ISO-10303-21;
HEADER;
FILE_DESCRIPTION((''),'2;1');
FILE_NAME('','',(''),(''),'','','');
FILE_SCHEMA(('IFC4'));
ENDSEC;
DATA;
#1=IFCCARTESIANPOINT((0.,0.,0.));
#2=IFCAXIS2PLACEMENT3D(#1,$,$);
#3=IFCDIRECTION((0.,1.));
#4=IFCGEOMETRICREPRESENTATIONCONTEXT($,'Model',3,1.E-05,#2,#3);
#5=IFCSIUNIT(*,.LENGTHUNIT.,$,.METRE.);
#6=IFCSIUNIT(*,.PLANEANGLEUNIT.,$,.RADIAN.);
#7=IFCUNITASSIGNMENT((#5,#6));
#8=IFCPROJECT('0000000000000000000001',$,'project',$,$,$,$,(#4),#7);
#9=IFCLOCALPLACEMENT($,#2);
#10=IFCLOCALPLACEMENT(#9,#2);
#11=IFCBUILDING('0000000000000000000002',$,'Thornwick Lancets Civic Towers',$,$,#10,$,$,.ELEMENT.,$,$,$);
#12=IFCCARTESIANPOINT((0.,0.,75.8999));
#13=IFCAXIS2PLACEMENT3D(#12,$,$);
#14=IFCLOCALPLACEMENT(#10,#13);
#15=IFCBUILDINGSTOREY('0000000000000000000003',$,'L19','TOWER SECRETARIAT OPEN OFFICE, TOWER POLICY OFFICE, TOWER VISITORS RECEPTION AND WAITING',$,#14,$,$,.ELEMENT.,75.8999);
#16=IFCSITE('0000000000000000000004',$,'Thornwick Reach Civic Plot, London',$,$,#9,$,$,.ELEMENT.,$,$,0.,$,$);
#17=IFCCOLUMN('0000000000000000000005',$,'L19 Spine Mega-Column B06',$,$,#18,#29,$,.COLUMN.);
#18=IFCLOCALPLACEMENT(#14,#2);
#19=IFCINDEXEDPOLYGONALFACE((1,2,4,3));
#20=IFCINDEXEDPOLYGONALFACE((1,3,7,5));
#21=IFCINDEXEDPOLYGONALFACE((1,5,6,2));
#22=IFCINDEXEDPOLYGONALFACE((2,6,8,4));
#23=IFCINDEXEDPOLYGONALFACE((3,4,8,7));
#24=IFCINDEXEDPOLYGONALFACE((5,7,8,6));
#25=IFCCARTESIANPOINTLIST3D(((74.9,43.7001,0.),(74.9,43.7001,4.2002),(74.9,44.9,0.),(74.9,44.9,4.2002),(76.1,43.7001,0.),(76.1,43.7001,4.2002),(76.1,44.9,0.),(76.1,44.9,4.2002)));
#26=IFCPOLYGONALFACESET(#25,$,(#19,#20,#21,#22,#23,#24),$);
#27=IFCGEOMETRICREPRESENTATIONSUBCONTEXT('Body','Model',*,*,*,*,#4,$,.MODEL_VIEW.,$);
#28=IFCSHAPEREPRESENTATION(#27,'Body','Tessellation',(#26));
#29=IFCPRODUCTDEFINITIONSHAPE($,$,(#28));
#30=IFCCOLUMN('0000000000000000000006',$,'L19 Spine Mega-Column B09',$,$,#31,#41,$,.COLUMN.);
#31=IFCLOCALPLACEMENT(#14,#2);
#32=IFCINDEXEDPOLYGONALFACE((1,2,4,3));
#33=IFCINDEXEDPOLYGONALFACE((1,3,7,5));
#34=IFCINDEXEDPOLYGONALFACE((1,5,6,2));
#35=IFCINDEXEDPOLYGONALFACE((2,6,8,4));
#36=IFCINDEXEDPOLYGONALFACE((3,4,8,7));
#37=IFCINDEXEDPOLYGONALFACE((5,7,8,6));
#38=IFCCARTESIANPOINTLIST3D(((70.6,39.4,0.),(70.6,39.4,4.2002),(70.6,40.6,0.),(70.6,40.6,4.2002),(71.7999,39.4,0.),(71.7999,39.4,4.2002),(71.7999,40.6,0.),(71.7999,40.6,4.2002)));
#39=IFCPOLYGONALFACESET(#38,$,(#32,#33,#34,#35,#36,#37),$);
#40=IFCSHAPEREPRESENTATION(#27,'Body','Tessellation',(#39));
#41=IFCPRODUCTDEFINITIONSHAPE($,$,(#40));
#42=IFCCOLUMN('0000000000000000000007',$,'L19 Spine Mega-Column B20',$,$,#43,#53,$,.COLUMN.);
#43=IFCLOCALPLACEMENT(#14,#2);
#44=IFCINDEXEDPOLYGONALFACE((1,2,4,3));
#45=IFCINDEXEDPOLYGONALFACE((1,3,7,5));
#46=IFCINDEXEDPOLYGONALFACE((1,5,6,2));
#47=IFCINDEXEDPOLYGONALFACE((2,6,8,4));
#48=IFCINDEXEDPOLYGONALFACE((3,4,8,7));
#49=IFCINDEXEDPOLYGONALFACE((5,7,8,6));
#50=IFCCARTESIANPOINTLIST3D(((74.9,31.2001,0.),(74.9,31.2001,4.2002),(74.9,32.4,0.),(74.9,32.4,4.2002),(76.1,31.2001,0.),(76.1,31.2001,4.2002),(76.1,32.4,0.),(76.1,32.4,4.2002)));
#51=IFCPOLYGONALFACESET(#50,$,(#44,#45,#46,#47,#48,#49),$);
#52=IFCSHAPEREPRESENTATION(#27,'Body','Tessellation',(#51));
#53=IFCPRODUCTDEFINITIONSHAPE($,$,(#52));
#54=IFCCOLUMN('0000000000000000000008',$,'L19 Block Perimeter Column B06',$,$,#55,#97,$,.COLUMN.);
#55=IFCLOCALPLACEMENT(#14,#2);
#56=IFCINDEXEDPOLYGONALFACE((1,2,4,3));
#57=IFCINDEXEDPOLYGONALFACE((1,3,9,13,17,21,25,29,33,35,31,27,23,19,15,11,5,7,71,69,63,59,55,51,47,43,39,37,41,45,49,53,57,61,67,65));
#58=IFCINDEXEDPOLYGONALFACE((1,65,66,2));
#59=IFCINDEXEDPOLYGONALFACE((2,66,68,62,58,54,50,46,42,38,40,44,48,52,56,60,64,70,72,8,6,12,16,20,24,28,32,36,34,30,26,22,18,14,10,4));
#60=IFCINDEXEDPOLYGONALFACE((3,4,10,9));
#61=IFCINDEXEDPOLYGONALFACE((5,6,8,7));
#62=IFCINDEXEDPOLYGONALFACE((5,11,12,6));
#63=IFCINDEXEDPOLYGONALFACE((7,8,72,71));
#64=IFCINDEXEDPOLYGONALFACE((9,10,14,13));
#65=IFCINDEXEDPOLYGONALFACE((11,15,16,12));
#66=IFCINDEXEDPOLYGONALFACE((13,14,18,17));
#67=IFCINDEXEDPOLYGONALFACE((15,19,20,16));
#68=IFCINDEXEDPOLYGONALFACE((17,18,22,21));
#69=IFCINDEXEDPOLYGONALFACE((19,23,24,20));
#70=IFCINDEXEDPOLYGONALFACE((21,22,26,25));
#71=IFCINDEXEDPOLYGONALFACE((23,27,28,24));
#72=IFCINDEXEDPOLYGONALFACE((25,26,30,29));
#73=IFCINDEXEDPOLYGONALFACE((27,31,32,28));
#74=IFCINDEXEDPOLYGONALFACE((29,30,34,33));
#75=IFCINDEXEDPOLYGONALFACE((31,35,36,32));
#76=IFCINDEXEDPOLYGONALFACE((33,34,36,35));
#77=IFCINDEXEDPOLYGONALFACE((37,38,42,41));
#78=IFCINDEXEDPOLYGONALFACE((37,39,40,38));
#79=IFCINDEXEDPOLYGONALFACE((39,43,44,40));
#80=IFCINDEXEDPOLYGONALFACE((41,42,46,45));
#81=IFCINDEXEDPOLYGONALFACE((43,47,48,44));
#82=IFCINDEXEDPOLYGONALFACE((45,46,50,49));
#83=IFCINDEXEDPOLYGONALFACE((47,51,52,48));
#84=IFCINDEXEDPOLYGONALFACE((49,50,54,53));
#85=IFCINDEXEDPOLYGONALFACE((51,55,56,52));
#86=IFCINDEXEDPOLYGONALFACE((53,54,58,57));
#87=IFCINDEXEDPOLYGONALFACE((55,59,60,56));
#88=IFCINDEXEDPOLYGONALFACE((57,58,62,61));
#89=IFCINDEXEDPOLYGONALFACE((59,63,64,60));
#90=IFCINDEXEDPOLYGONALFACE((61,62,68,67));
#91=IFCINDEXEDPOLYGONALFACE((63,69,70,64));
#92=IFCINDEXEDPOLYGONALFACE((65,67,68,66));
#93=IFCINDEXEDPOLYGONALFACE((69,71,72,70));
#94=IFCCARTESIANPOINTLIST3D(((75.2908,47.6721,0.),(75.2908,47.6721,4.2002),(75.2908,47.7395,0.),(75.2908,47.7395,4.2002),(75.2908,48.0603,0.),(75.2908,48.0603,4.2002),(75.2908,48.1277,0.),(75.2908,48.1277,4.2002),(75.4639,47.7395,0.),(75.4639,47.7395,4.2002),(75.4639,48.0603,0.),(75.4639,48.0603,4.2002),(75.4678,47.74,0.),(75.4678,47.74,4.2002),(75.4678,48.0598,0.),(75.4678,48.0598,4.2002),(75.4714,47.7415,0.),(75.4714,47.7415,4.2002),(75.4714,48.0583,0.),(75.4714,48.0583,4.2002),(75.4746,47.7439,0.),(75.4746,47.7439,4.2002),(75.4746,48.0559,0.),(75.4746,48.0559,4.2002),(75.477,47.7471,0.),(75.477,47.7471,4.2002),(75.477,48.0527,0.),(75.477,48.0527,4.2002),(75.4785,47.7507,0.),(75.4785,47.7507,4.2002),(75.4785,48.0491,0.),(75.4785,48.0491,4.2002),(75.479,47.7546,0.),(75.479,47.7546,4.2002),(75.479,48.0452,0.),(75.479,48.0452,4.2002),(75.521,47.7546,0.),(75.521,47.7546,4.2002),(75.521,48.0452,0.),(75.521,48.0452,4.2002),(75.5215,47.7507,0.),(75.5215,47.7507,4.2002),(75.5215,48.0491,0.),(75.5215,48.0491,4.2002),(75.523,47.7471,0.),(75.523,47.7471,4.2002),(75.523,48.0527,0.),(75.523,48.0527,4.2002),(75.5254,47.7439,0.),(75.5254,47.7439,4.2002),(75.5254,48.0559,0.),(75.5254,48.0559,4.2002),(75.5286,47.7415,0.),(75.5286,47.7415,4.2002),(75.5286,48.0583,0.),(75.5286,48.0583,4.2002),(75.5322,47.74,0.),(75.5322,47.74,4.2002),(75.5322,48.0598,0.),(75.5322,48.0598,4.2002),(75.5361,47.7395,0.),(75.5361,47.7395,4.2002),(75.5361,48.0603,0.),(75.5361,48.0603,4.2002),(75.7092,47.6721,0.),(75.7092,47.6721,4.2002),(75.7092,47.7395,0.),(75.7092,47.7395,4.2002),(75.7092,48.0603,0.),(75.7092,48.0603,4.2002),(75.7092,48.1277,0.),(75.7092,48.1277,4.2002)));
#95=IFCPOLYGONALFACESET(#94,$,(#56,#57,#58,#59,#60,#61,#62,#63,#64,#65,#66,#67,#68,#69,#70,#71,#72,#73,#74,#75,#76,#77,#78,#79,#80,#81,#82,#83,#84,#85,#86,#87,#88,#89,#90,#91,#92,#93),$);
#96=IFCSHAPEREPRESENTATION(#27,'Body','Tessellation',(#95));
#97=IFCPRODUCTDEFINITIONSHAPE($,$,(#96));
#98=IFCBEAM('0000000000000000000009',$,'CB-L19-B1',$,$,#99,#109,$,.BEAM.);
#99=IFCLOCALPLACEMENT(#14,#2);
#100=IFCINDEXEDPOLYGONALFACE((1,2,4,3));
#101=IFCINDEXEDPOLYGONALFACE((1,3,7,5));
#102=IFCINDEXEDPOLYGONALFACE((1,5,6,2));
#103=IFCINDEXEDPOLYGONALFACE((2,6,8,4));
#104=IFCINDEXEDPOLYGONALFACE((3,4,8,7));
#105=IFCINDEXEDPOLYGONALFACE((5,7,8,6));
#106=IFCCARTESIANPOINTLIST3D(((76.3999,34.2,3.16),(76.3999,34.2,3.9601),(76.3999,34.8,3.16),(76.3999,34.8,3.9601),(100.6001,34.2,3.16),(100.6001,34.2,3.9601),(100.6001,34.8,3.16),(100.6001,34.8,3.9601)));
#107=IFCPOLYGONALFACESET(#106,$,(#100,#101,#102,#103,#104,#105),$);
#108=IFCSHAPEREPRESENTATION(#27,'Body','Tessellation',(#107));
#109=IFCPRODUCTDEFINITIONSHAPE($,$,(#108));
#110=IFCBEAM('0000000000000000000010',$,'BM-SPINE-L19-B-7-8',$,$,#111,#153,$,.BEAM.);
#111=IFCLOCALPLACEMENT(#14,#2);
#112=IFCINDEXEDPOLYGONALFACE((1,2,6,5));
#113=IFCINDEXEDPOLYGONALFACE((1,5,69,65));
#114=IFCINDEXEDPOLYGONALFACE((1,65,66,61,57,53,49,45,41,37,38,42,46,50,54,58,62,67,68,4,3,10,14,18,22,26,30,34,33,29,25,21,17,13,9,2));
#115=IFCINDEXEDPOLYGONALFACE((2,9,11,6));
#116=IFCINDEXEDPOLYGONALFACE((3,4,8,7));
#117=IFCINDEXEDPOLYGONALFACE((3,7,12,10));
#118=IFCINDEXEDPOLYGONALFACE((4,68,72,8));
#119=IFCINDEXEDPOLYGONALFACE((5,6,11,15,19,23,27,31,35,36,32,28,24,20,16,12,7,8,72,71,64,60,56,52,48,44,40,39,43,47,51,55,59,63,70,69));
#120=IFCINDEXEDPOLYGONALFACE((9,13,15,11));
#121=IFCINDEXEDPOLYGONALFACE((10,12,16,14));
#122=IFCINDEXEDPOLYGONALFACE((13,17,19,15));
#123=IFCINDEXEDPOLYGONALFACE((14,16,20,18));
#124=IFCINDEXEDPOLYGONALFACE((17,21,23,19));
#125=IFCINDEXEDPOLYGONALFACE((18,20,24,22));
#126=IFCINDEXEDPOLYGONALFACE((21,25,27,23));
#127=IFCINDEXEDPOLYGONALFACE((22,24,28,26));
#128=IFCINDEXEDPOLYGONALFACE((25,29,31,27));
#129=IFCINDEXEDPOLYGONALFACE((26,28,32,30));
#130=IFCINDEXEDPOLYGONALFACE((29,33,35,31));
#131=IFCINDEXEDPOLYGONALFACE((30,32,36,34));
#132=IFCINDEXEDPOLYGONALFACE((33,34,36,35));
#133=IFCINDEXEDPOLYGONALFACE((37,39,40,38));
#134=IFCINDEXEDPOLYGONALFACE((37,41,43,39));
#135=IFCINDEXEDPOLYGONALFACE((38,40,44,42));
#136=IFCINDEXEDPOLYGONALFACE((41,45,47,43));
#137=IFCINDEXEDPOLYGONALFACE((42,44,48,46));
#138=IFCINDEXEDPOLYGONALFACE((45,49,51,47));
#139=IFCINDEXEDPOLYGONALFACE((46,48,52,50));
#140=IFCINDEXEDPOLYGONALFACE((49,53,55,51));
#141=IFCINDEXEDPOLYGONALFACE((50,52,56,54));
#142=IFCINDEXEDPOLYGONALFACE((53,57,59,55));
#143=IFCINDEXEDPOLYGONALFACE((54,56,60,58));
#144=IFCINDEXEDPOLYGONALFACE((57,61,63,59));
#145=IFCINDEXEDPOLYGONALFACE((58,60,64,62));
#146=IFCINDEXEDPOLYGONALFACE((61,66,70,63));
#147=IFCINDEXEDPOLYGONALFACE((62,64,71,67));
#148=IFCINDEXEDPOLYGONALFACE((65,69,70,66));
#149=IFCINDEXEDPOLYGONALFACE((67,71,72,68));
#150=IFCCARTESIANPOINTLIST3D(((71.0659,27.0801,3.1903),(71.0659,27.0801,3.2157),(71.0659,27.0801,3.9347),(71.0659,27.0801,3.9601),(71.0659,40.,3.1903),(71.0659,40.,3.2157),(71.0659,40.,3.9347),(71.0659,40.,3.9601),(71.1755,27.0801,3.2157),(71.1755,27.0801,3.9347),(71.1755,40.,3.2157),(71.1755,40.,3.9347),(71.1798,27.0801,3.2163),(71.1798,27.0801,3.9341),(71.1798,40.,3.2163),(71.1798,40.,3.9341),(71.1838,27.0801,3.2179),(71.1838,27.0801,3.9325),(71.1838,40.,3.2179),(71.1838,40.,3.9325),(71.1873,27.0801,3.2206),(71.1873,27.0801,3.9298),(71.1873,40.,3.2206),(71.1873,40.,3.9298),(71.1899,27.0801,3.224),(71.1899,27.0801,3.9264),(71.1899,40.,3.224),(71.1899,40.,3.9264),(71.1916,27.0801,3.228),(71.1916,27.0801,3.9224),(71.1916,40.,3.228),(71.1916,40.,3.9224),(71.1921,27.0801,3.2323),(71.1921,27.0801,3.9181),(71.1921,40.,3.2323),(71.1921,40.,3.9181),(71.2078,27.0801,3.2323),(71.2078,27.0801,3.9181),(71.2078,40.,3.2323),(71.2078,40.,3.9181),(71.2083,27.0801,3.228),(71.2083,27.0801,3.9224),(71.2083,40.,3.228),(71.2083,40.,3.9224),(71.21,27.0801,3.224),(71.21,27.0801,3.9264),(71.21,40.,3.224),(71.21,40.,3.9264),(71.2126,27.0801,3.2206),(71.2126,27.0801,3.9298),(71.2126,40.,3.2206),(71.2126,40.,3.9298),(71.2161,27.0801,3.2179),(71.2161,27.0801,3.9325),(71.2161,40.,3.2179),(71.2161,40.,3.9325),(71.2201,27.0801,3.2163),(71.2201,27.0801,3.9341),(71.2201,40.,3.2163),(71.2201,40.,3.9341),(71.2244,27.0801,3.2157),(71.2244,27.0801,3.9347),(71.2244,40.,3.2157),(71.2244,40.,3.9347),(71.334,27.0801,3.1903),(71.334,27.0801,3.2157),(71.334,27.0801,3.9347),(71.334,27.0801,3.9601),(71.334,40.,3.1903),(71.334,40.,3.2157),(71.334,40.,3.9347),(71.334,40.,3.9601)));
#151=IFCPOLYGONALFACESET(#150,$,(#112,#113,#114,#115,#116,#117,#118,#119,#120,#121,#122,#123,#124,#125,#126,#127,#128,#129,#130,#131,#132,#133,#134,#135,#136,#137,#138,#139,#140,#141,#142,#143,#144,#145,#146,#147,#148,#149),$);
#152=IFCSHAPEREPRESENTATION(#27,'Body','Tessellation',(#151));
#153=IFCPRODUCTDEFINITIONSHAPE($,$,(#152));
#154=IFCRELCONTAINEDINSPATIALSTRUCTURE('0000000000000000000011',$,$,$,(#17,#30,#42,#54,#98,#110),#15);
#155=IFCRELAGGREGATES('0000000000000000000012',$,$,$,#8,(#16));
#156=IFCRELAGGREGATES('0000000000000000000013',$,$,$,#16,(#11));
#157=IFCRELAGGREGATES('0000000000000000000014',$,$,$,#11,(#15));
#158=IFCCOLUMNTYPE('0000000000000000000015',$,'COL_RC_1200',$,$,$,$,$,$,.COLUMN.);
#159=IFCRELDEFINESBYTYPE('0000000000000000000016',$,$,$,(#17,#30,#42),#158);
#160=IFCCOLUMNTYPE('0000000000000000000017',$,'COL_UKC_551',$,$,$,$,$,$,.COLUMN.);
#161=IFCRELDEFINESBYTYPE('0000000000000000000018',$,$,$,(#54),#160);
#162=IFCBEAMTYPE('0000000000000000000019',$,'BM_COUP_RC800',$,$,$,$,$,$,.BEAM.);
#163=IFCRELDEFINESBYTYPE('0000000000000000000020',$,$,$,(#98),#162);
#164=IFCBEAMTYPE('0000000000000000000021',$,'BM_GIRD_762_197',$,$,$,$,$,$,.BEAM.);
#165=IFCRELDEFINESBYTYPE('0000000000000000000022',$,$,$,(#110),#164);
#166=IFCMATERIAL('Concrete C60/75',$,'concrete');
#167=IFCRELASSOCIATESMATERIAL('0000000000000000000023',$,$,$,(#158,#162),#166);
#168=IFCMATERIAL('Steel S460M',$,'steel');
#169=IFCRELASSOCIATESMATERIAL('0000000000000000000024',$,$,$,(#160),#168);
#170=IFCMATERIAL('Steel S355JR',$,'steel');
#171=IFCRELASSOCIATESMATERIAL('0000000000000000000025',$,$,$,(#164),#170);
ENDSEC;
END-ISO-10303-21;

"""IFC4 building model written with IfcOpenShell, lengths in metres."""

from ifc_helpers import new_model, si_unit, direction, frame, origin, origin_2d, place, context, subcontext, project, spatial, rectangle, i_section, extrude, material, material_profile, profile_set, type_object, element, save


model = new_model("IFC4")

# Units and contexts
model_context = context("Model", 3, precision=1e-05, world=origin(), true_north=direction((0.0, 1.0)))
body_context = subcontext(model_context, "Body", "Model", "MODEL_VIEW")
ifc_project = project(units=[si_unit("LENGTHUNIT", "METRE"), si_unit("PLANEANGLEUNIT", "RADIAN")], contexts=[model_context])

# Site, building, storey
site_placement = place(None, origin())
site = spatial("IfcSite", under=ifc_project, at=site_placement, Name="Thornwick Reach Civic Plot, London", CompositionType="ELEMENT", RefElevation=0.0)
building_placement = place(site_placement, origin())
building = spatial("IfcBuilding", under=site, at=building_placement, Name="Thornwick Lancets Civic Towers", CompositionType="ELEMENT")
storey_placement = place(building_placement, frame((0.0, 0.0, 75.8999)))
storey = spatial("IfcBuildingStorey", under=building, at=storey_placement, Name="L19", Description="TOWER SECRETARIAT OPEN OFFICE, TOWER POLICY OFFICE, TOWER VISITORS RECEPTION AND WAITING", CompositionType="ELEMENT", Elevation=75.8999)

# Columns
ifc_material_1 = material(Name="Concrete C60/75", Category="concrete")
ifc_material_profile_1 = material_profile(ifc_material_1, rectangle(XDim=1.2, YDim=1.2, at=origin_2d()), Name="RC 1200x1200")
ifc_profile_set_1 = profile_set([ifc_material_profile_1], Name="Concrete C60/75")
column_type_1 = type_object("IfcColumnType", Name="COL_RC_1200", PredefinedType="COLUMN", material=ifc_profile_set_1)
for number, where, z_axis, x_axis, name in (
    (1, (75.5, 44.3, 0.0), (0.0, 0.0, 1.0), (1.0, 0.0, 0.0), "L19 Spine Mega-Column B06"),
    (2, (71.2, 40.0, 0.0), (0.0, 0.0, 1.0), (1.0, 0.0, 0.0), "L19 Spine Mega-Column B09"),
    (3, (75.5, 31.8, 0.0), (0.0, 0.0, 1.0), (1.0, 0.0, 0.0), "L19 Spine Mega-Column B20"),
):
    element("IfcColumn", number, at=place(storey_placement, frame(where, z_axis=z_axis, x_axis=x_axis)), inside=storey, type_object=column_type_1, Name=name, PredefinedType="COLUMN", context=body_context, shape_type="SweptSolid", body=[
        extrude(rectangle(XDim=1.2, YDim=1.2, at=origin_2d()), origin(), (0.0, 0.0, 1.0), 4.2002),
    ])
ifc_material_2 = material(Name="Steel S460M", Category="steel")
ifc_material_profile_2 = material_profile(ifc_material_2, i_section(OverallWidth=0.4185, OverallDepth=0.4556, WebThickness=0.042, FlangeThickness=0.0674, FilletRadius=0.0151, at=origin_2d()), Name="UKC 356x406x551")
ifc_profile_set_2 = profile_set([ifc_material_profile_2], Name="Steel S460M")
column_type_2 = type_object("IfcColumnType", Name="COL_UKC_551", PredefinedType="COLUMN", material=ifc_profile_set_2)
column_placement = place(storey_placement, frame((75.5, 47.8999, 0.0), z_axis=(0.0, 0.0, 1.0), x_axis=(1.0, 0.0, 0.0)))
element("IfcColumn", 4, at=column_placement, inside=storey, type_object=column_type_2, Name="L19 Block Perimeter Column B06", PredefinedType="COLUMN", context=body_context, shape_type="SweptSolid", body=[
    extrude(i_section(OverallWidth=0.4185, OverallDepth=0.4556, WebThickness=0.042, FlangeThickness=0.0674, FilletRadius=0.0151, at=origin_2d()), origin(), (0.0, 0.0, 1.0), 4.2002),
])

# Beams
ifc_material_profile_3 = material_profile(ifc_material_1, rectangle(XDim=0.6001, YDim=0.8, at=origin_2d()), Name="RC 600x800")
ifc_profile_set_3 = profile_set([ifc_material_profile_3], Name="Concrete C60/75")
beam_type_1 = type_object("IfcBeamType", Name="BM_COUP_RC800", PredefinedType="BEAM", material=ifc_profile_set_3)
beam_1_placement = place(storey_placement, frame((76.3999, 34.5, 3.5601), z_axis=(1.0, 0.0, 0.0), x_axis=(0.0, 1.0, 0.0)))
element("IfcBeam", 5, at=beam_1_placement, inside=storey, type_object=beam_type_1, Name="CB-L19-B1", PredefinedType="BEAM", context=body_context, shape_type="SweptSolid", body=[
    extrude(rectangle(XDim=0.6001, YDim=0.8, at=origin_2d()), origin(), (0.0, 0.0, 1.0), 24.2002),
])
ifc_material_3 = material(Name="Steel S355JR", Category="steel")
ifc_material_profile_4 = material_profile(ifc_material_3, i_section(OverallWidth=0.2681, OverallDepth=0.7698, WebThickness=0.0156, FlangeThickness=0.0254, FilletRadius=0.0166, at=origin_2d()), Name="UKB 762x267x197")
ifc_profile_set_4 = profile_set([ifc_material_profile_4], Name="Steel S355JR")
beam_type_2 = type_object("IfcBeamType", Name="BM_GIRD_762_197", PredefinedType="BEAM", material=ifc_profile_set_4)
beam_2_placement = place(storey_placement, frame((71.2, 27.0801, 3.5752), z_axis=(0.0, 1.0, 0.0), x_axis=(-1.0, 0.0, 0.0)))
element("IfcBeam", 6, at=beam_2_placement, inside=storey, type_object=beam_type_2, Name="BM-SPINE-L19-B-7-8", PredefinedType="BEAM", context=body_context, shape_type="SweptSolid", body=[
    extrude(i_section(OverallWidth=0.2681, OverallDepth=0.7698, WebThickness=0.0156, FlangeThickness=0.0254, FilletRadius=0.0166, at=origin_2d()), origin(), (0.0, 0.0, 1.0), 12.9199),
])

save(model, "model.ifc")
